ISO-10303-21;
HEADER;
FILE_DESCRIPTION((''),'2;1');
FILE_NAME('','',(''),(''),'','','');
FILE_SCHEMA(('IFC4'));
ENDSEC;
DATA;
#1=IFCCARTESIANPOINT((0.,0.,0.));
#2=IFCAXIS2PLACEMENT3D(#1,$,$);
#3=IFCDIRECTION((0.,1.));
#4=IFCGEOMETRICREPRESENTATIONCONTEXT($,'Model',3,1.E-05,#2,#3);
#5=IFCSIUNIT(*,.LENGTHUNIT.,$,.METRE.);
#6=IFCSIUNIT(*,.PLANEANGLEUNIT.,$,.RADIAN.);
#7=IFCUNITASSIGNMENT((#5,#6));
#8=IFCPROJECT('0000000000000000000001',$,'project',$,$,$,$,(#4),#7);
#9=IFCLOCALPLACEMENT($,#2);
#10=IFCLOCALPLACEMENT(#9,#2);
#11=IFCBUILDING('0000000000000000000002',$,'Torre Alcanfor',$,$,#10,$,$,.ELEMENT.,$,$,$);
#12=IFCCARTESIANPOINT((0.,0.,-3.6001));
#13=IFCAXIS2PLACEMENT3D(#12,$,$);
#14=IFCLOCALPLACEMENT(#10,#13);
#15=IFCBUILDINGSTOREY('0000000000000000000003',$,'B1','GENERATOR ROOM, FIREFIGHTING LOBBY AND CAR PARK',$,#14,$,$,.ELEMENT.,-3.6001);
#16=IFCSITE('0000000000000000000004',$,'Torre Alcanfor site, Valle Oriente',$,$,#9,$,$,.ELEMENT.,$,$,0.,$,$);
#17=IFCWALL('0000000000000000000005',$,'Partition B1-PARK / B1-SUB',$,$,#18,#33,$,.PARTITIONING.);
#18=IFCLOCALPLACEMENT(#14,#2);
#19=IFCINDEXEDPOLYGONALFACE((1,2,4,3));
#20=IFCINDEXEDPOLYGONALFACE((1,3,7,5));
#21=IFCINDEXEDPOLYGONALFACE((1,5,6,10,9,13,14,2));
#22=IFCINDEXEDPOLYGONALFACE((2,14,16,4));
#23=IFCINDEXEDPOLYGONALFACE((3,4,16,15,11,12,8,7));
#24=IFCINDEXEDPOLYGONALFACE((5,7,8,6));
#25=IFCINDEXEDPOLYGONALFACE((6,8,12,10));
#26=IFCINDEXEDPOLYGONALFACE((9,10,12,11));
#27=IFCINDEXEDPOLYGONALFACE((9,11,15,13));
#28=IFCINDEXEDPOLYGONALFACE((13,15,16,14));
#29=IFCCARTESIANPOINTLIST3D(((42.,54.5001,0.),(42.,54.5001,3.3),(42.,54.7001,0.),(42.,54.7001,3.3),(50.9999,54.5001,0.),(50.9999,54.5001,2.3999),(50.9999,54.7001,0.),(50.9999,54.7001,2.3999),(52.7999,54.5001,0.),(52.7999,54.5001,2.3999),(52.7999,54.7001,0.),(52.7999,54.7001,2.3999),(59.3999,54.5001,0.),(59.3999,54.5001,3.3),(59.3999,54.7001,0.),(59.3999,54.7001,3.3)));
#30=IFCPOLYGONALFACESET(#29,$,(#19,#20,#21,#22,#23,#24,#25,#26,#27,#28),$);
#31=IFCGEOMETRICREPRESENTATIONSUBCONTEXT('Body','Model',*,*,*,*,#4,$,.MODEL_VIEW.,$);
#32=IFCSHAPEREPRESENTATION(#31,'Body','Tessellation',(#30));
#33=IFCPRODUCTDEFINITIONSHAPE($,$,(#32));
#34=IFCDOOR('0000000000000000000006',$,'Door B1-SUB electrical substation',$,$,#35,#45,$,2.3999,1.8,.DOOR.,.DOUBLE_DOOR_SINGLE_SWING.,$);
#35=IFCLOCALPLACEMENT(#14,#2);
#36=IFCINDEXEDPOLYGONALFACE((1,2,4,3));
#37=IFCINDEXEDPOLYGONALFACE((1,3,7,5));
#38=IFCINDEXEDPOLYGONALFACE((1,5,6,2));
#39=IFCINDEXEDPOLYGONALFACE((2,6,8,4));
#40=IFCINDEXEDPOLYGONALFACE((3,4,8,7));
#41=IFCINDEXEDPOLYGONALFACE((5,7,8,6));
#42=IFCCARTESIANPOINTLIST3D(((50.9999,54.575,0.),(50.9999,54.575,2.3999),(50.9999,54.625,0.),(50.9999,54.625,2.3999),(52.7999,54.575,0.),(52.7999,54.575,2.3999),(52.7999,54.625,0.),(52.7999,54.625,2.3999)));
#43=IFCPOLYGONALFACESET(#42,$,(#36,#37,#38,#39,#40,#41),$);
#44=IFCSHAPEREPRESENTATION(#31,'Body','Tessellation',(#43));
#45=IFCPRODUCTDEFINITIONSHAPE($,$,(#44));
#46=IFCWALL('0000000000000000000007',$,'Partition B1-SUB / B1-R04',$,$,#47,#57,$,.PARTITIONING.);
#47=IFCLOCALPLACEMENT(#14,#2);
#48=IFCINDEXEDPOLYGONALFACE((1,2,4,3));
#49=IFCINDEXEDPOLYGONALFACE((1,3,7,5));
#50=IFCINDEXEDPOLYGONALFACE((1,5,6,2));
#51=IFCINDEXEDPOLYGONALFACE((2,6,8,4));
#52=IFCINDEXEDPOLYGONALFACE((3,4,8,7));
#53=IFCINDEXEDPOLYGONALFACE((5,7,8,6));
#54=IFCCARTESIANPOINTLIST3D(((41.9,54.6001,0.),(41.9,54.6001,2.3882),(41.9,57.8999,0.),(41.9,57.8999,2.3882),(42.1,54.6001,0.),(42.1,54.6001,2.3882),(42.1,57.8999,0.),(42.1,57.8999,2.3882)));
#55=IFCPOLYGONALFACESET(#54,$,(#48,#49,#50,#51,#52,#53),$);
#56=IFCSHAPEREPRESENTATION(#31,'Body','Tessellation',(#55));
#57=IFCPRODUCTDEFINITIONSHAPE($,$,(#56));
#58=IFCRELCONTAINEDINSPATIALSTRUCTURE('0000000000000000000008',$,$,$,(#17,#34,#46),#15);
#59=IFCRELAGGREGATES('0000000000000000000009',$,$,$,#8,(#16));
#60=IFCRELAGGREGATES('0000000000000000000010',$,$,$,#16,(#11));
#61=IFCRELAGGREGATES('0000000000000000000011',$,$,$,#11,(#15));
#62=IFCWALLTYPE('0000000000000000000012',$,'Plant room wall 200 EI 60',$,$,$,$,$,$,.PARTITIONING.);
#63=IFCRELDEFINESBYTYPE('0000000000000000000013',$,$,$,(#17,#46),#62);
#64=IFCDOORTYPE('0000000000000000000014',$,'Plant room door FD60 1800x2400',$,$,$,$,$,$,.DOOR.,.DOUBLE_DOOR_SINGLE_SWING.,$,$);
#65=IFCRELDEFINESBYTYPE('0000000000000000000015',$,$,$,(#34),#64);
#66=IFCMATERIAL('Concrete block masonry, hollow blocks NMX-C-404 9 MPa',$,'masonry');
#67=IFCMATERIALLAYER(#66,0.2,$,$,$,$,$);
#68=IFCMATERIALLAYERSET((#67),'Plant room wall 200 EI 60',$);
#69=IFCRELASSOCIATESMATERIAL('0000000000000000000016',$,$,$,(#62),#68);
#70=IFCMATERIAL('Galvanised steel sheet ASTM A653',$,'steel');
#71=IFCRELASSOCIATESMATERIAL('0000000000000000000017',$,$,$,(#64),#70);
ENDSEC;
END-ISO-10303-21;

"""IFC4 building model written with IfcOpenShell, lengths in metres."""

from ifc_helpers import new_model, si_unit, direction, frame, frame_2d, origin, place, context, subcontext, project, spatial, rectangle, extrude, material, layer, layer_set, type_object, element, fill, save


model = new_model("IFC4")

# Units and contexts
model_context = context("Model", 3, precision=1e-05, world=origin(), true_north=direction((0.0, 1.0)))
body_context = subcontext(model_context, "Body", "Model", "MODEL_VIEW")
ifc_project = project(units=[si_unit("LENGTHUNIT", "METRE"), si_unit("PLANEANGLEUNIT", "RADIAN")], contexts=[model_context])

# Site, building, storey
site_placement = place(None, origin())
site = spatial("IfcSite", under=ifc_project, at=site_placement, Name="Torre Alcanfor site, Valle Oriente", CompositionType="ELEMENT", RefElevation=0.0)
building_placement = place(site_placement, origin())
building = spatial("IfcBuilding", under=site, at=building_placement, Name="Torre Alcanfor", CompositionType="ELEMENT")
storey_placement = place(building_placement, frame((0.0, 0.0, -3.6001)))
storey = spatial("IfcBuildingStorey", under=building, at=storey_placement, Name="B1", Description="GENERATOR ROOM, FIREFIGHTING LOBBY AND CAR PARK", CompositionType="ELEMENT", Elevation=-3.6001)

# Wall, opening, door
ifc_material_1 = material(Name="Concrete block masonry, hollow blocks NMX-C-404 9 MPa", Category="masonry")
ifc_layer_1 = layer(ifc_material_1, 0.2)
ifc_layer_set_1 = layer_set([ifc_layer_1], Name="Plant room wall 200 EI 60")
wall_type_1 = type_object("IfcWallType", Name="Plant room wall 200 EI 60", PredefinedType="PARTITIONING", material=ifc_layer_set_1)
wall_1_placement = place(storey_placement, frame((42.0, 54.6001, 0.0), z_axis=(0.0, 0.0, 1.0), x_axis=(1.0, 0.0, 0.0)))
wall_1 = element("IfcWall", 1, at=wall_1_placement, inside=storey, type_object=wall_type_1, Name="Partition B1-PARK / B1-SUB", PredefinedType="PARTITIONING", context=body_context, shape_type="SweptSolid", body=[
    extrude(rectangle(XDim=17.3999, YDim=0.2, at=frame_2d((8.7, 0.0))), origin(), (0.0, 0.0, 1.0), 3.3),
])
opening_placement = place(wall_1_placement, frame((9.0, 0.0, 0.0)))
opening = element("IfcOpeningElement", 2, at=opening_placement, cuts=wall_1, PredefinedType="OPENING", context=body_context, shape_type="SweptSolid", body=[
    extrude(rectangle(XDim=1.8, YDim=2.3999, at=frame_2d((0.8999, 1.2))), frame((0.0, 0.1099, 0.0), z_axis=(0.0, -1.0, 0.0), x_axis=(1.0, 0.0, 0.0)), (0.0, 0.0, 1.0), 0.22),
])
ifc_material_2 = material(Name="Galvanised steel sheet ASTM A653", Category="steel")
door_type = type_object("IfcDoorType", Name="Plant room door FD60 1800x2400", OperationType="DOUBLE_DOOR_SINGLE_SWING", PredefinedType="DOOR", material=ifc_material_2)
door_placement = place(opening_placement, origin())
door = element("IfcDoor", 3, at=door_placement, inside=storey, type_object=door_type, Name="Door B1-SUB electrical substation", OperationType="DOUBLE_DOOR_SINGLE_SWING", OverallHeight=2.3999, OverallWidth=1.8, PredefinedType="DOOR", context=body_context, shape_type="SweptSolid", body=[
    extrude(rectangle(XDim=1.8, YDim=2.3999, at=frame_2d((0.8999, 1.2))), frame((0.0, 0.0249, 0.0), z_axis=(0.0, -1.0, 0.0), x_axis=(1.0, 0.0, 0.0)), (0.0, 0.0, 1.0), 0.05),
])
fill(opening, door)

# Wall
wall_2_placement = place(storey_placement, frame((42.0, 54.6001, 0.0), z_axis=(0.0, 0.0, 1.0), x_axis=(0.0, 1.0, 0.0)))
element("IfcWall", 4, at=wall_2_placement, inside=storey, type_object=wall_type_1, Name="Partition B1-SUB / B1-R04", PredefinedType="PARTITIONING", context=body_context, shape_type="SweptSolid", body=[
    extrude(rectangle(XDim=3.2998, YDim=0.2, at=frame_2d((1.6499, 0.0))), origin(), (0.0, 0.0, 1.0), 2.3882),
])

save(model, "model.ifc")
